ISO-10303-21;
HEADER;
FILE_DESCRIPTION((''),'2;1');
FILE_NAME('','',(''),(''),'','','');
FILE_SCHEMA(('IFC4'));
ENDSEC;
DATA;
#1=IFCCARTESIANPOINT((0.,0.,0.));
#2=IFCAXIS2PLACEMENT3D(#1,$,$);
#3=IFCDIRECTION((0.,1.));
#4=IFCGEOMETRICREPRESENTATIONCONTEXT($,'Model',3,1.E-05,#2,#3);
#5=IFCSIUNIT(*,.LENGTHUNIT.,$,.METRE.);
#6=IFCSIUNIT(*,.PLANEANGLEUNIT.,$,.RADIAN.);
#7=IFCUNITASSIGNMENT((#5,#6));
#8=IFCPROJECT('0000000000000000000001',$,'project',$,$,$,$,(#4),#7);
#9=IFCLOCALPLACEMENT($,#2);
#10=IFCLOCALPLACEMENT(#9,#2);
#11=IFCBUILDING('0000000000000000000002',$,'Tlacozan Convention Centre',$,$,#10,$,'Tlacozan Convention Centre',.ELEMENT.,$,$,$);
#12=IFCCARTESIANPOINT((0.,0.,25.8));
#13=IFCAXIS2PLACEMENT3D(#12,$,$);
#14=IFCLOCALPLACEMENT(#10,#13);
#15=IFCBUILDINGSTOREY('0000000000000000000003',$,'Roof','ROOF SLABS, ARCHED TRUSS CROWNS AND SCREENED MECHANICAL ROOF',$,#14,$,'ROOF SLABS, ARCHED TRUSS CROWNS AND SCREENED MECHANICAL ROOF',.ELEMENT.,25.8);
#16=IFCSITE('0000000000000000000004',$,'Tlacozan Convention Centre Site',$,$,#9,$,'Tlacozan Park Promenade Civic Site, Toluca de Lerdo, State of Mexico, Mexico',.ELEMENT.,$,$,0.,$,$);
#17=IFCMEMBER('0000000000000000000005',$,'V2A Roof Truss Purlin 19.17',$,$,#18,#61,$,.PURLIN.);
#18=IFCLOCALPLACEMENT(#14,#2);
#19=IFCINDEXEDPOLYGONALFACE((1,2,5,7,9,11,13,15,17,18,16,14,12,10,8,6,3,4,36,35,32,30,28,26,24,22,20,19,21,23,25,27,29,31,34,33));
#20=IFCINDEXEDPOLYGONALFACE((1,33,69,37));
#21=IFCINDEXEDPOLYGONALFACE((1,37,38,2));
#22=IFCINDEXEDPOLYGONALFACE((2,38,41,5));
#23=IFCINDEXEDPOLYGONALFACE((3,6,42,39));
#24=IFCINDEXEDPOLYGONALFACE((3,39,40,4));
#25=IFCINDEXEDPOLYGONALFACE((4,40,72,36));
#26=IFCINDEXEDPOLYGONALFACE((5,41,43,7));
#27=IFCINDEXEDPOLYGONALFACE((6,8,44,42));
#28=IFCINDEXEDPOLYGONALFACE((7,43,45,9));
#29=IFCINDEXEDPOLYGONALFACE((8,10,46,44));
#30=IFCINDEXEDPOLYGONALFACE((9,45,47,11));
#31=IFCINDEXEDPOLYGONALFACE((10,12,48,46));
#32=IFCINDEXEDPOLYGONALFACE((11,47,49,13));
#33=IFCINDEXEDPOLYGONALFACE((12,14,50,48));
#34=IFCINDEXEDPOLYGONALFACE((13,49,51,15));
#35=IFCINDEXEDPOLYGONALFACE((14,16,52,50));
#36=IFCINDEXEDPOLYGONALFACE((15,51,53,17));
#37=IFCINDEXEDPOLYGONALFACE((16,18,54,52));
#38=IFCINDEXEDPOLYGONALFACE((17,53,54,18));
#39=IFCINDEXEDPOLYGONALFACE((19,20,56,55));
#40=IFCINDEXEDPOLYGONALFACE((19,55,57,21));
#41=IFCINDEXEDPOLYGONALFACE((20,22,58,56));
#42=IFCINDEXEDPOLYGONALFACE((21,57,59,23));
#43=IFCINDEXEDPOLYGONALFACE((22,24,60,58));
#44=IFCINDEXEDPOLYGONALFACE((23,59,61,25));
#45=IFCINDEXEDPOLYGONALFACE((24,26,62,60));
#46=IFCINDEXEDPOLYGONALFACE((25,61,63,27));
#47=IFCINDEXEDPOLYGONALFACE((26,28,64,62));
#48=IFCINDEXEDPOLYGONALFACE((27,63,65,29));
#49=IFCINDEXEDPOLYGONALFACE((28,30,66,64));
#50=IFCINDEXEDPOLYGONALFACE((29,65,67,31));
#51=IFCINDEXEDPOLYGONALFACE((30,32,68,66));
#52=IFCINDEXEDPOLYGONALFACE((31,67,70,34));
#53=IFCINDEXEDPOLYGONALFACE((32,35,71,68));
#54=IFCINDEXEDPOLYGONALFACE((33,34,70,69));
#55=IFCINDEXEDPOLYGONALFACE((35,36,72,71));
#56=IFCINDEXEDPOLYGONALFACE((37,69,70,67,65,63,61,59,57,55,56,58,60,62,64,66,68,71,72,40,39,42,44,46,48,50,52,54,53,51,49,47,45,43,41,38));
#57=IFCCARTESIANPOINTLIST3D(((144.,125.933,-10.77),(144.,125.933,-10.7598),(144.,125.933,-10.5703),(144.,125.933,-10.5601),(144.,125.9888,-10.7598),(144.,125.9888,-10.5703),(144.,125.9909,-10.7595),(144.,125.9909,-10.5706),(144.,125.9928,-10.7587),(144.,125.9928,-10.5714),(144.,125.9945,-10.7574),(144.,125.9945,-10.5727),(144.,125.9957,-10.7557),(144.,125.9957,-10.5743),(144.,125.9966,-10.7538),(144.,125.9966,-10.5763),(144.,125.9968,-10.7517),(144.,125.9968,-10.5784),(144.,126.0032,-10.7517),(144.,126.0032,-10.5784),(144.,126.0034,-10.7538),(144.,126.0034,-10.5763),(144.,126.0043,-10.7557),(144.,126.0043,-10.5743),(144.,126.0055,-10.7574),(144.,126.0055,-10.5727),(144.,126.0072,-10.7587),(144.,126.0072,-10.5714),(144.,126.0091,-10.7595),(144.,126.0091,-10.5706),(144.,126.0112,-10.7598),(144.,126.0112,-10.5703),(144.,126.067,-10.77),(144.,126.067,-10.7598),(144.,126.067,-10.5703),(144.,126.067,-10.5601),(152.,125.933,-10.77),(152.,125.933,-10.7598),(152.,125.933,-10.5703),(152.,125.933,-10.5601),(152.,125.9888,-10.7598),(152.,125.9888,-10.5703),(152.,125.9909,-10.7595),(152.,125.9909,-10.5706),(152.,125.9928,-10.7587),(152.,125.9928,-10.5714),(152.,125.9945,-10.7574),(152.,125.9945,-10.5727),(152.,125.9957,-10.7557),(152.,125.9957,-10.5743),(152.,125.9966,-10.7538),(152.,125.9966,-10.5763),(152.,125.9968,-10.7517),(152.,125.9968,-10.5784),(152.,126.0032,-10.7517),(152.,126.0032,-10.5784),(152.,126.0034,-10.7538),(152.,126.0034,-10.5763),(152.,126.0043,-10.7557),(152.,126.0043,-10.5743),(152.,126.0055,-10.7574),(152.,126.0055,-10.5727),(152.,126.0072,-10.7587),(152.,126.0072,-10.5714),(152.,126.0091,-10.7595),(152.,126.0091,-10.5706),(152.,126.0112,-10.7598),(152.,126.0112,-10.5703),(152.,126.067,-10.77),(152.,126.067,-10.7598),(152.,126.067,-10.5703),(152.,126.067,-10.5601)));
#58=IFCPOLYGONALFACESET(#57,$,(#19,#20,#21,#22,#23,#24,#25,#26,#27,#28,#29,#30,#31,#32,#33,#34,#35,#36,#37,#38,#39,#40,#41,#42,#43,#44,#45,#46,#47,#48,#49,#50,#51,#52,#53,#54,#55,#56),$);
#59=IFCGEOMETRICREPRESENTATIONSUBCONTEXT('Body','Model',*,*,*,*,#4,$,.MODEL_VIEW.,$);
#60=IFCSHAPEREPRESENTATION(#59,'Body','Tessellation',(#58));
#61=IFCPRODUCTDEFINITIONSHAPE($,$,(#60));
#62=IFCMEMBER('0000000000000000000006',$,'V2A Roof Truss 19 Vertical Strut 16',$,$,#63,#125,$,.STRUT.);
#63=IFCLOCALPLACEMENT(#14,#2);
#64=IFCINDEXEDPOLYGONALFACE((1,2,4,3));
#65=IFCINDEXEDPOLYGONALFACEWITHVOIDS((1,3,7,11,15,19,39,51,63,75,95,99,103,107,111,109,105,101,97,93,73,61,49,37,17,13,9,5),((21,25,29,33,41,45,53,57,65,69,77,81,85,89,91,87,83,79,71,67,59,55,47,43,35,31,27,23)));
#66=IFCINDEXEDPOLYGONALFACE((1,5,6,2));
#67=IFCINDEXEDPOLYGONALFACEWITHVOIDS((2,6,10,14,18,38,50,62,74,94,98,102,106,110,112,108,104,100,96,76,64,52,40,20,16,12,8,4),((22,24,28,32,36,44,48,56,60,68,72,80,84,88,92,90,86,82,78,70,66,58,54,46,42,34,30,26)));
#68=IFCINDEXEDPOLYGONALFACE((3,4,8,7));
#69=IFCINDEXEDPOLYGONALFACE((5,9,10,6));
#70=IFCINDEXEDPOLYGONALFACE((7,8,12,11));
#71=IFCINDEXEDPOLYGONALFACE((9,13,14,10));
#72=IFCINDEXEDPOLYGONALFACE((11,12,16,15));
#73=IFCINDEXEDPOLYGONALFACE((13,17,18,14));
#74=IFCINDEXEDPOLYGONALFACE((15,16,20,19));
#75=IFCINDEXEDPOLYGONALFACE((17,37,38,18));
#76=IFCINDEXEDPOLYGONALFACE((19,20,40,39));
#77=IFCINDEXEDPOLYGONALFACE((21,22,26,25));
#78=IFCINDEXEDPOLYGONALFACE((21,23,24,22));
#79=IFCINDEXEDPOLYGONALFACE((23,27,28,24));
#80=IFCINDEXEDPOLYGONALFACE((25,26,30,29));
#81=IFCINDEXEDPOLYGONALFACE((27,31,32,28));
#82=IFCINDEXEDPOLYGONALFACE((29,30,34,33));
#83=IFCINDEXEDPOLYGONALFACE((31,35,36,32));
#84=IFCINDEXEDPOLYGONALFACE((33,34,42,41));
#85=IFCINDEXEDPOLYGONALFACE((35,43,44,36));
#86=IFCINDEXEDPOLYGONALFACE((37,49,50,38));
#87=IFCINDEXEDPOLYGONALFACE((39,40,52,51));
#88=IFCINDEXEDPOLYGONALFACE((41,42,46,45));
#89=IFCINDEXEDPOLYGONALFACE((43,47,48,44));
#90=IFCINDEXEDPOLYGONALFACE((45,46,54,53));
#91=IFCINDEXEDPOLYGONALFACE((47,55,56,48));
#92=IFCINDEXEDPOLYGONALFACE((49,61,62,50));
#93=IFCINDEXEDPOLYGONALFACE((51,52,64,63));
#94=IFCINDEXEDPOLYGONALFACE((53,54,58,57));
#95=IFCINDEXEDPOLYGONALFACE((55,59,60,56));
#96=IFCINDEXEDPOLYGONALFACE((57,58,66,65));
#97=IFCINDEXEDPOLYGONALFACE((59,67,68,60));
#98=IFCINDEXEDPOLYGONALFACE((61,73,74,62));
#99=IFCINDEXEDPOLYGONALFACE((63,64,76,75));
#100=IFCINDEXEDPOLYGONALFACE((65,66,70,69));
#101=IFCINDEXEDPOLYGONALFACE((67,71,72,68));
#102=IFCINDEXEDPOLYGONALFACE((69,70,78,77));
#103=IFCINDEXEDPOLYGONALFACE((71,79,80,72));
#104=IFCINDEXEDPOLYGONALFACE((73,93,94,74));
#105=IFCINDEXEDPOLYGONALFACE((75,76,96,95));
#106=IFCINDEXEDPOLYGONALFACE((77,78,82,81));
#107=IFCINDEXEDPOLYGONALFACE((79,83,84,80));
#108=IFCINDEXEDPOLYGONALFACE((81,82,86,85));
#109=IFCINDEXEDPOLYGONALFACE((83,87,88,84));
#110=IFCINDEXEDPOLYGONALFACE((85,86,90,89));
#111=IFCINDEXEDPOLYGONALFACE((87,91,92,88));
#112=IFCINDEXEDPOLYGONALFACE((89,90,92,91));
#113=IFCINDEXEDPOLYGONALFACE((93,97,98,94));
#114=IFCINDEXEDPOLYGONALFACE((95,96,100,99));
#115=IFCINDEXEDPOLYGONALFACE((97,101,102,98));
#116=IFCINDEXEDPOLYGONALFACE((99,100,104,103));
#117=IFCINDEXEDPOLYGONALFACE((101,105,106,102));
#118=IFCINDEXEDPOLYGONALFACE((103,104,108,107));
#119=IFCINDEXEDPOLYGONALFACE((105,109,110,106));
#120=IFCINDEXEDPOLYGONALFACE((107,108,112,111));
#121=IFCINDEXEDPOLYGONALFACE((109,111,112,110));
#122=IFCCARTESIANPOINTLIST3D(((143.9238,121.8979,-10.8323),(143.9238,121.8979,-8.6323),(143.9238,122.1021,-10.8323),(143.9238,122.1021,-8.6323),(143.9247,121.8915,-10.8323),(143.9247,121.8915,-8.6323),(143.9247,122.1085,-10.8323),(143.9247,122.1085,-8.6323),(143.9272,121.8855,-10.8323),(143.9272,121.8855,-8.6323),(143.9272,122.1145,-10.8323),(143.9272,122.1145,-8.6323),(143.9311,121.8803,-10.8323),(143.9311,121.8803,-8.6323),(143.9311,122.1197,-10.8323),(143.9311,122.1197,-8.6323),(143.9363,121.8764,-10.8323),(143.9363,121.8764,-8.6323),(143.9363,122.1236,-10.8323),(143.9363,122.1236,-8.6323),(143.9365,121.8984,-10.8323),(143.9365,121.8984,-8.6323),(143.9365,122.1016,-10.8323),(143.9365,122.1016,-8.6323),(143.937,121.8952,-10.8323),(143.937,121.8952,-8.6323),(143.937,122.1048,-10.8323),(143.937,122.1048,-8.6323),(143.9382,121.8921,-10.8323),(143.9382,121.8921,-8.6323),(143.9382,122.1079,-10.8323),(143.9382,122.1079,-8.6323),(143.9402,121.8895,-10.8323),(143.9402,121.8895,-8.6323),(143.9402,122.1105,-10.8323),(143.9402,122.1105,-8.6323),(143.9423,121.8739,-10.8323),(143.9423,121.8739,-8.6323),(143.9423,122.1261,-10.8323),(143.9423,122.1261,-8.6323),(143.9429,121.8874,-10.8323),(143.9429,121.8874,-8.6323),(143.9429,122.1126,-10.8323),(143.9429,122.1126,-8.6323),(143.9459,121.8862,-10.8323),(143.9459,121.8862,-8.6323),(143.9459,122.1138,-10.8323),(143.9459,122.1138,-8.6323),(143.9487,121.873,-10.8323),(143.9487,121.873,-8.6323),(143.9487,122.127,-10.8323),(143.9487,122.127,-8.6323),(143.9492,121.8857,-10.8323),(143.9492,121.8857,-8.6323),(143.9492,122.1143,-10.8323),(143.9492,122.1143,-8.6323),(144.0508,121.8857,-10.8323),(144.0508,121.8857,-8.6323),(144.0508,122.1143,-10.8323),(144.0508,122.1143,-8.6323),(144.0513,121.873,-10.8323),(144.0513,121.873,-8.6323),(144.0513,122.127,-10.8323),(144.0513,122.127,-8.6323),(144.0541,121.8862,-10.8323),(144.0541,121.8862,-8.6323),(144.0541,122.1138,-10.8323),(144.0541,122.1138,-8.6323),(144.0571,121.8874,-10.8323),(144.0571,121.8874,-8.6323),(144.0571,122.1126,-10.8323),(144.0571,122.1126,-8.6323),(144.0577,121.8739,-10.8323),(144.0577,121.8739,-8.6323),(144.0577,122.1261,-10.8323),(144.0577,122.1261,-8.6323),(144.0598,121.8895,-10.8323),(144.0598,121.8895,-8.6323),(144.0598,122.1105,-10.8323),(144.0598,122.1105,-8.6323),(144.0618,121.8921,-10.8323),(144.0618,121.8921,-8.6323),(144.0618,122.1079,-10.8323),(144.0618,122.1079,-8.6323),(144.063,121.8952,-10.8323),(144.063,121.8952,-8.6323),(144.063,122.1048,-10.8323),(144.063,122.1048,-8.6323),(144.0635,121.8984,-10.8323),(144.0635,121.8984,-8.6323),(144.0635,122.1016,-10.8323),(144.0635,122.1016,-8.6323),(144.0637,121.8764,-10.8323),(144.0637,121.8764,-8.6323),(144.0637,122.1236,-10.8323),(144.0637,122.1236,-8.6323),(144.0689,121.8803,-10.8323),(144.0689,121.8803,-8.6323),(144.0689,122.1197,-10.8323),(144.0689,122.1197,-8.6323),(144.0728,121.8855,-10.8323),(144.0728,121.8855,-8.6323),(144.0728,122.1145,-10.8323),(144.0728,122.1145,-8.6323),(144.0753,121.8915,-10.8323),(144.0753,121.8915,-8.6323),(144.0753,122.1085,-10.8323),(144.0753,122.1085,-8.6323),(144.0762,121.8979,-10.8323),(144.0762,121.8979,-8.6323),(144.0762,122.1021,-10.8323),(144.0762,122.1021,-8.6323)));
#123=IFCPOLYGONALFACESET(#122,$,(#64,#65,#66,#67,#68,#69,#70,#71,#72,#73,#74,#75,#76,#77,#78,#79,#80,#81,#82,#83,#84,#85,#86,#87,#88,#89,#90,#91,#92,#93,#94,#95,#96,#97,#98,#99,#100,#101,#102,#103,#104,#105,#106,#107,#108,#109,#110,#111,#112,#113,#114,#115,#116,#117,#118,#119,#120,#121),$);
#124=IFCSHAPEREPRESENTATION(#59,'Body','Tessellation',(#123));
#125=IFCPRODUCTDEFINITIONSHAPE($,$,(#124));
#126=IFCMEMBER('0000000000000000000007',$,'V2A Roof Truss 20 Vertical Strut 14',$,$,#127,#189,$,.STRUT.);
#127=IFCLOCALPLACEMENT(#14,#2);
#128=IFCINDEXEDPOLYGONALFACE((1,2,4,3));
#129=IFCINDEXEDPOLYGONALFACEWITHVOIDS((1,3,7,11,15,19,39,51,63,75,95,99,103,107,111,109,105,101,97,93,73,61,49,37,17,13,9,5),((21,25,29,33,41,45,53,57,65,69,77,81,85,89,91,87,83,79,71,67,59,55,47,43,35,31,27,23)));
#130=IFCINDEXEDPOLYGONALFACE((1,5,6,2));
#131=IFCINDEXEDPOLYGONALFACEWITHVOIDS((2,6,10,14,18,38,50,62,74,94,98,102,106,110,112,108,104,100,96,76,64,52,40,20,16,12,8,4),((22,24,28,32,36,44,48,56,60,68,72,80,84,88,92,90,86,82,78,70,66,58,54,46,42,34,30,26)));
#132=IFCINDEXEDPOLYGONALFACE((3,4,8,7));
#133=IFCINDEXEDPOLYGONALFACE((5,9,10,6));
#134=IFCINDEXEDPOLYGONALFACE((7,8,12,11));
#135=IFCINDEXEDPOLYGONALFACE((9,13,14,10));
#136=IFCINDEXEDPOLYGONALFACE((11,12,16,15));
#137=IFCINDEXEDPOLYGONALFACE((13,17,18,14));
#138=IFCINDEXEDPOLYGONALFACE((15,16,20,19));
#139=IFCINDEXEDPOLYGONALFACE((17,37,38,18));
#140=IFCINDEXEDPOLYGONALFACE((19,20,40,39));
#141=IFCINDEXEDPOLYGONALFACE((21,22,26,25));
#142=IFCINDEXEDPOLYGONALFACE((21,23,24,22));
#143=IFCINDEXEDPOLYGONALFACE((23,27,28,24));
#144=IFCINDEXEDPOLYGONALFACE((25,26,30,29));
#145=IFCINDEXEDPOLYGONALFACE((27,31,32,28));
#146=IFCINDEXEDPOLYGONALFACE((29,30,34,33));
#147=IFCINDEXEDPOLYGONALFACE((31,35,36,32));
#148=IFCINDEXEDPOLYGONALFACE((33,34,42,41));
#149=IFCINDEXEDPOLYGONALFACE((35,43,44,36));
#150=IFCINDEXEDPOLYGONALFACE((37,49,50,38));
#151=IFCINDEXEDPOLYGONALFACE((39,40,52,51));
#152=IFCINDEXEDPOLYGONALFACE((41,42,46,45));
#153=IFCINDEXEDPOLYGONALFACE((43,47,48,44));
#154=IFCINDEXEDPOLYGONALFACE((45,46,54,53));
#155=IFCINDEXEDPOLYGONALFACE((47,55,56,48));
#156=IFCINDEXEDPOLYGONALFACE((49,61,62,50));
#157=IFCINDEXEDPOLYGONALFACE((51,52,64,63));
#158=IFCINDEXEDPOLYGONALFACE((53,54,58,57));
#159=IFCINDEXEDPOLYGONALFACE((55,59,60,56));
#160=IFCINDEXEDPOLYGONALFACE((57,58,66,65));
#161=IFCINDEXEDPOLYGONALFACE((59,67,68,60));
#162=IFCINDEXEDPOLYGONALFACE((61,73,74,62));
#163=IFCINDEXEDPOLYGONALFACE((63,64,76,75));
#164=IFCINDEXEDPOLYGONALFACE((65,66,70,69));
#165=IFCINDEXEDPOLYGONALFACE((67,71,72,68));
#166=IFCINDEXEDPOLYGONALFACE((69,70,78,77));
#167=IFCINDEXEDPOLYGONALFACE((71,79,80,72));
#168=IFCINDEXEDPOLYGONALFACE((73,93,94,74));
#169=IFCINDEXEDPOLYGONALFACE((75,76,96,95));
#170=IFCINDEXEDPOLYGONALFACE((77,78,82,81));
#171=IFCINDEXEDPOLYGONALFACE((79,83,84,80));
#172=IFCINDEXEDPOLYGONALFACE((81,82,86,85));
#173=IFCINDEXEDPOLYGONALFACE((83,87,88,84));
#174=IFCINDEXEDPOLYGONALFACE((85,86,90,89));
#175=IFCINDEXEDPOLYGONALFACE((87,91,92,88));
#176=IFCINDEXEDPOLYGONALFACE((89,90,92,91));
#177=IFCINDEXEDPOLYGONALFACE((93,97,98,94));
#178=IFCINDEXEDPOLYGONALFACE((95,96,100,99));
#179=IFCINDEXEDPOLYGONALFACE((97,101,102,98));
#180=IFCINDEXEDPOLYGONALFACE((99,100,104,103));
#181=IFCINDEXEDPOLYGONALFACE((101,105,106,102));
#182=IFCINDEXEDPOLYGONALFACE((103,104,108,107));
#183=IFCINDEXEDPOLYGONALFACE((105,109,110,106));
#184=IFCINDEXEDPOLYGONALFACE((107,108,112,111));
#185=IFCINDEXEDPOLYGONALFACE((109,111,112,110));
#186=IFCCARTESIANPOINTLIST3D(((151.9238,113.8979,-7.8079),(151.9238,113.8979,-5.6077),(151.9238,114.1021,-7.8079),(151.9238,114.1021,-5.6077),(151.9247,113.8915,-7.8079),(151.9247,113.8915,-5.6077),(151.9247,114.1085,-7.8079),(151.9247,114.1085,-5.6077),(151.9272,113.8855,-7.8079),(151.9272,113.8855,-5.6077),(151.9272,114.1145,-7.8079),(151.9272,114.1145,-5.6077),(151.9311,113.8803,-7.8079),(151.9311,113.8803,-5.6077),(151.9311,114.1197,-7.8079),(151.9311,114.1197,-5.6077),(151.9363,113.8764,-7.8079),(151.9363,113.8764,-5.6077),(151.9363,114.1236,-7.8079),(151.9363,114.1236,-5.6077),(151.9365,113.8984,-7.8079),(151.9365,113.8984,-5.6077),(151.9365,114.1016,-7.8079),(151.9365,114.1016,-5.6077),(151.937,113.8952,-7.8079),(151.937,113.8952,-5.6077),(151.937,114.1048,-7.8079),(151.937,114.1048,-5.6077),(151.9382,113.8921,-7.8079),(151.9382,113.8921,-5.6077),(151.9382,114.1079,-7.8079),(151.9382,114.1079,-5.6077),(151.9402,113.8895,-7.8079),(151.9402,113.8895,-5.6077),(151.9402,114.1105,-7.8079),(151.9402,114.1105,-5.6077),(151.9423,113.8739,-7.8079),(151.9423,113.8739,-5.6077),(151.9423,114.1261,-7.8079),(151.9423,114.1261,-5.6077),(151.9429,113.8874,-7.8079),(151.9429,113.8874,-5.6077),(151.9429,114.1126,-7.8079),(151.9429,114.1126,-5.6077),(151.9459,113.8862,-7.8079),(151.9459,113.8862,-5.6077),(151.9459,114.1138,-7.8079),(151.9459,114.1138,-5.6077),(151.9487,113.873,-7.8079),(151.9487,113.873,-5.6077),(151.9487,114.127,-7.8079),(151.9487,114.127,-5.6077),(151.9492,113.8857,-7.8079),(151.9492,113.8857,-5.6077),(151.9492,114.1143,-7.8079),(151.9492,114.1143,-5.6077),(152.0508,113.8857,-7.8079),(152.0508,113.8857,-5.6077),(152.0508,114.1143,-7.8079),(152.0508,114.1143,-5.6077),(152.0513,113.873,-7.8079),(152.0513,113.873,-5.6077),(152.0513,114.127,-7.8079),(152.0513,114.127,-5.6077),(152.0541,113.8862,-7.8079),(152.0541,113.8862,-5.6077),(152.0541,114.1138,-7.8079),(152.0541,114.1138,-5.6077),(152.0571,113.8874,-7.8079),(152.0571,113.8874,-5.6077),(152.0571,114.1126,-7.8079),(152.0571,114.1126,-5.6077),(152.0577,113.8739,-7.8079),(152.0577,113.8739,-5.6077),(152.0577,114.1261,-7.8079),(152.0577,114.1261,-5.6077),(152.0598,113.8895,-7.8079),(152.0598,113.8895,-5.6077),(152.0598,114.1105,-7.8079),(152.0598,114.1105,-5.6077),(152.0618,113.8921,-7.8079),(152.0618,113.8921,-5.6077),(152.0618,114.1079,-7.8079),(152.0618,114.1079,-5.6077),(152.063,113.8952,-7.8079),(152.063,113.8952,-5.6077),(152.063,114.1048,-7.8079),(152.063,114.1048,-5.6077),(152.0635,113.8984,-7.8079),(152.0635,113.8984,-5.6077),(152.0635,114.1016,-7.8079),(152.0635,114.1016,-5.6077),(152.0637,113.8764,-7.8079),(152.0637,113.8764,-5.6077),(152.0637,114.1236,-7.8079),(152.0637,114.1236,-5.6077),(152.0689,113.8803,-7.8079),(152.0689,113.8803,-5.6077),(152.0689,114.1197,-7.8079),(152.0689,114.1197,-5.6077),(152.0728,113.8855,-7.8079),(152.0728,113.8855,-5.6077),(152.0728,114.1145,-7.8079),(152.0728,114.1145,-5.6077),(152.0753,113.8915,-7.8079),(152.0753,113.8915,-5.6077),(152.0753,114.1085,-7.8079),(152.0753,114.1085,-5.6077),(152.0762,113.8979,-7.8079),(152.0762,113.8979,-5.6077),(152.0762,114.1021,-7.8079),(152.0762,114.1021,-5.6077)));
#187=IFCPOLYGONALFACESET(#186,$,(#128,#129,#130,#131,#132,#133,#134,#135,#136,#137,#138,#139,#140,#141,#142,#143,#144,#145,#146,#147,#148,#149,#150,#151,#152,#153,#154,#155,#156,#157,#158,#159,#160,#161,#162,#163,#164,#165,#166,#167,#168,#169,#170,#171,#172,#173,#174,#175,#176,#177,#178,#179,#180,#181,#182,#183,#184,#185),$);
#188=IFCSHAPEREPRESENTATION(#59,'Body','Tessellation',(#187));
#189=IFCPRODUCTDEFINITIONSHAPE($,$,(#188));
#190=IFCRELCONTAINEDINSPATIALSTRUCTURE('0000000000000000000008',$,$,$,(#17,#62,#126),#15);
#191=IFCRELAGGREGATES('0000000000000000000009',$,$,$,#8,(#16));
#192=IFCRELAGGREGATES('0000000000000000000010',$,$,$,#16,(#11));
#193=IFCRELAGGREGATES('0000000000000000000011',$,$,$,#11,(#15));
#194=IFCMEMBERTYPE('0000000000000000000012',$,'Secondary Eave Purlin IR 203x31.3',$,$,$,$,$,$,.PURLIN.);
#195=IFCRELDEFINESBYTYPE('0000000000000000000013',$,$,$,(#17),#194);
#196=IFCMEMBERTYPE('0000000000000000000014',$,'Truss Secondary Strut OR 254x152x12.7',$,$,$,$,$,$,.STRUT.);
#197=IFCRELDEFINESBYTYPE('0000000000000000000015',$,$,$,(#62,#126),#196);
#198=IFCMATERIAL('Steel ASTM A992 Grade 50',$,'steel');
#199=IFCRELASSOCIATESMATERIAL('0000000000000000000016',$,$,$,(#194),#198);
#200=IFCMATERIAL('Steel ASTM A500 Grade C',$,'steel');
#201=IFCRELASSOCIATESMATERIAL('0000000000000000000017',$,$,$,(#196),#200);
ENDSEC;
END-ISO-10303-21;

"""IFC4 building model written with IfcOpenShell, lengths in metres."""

from ifc_helpers import new_model, si_unit, direction, frame, origin, origin_2d, place, context, subcontext, project, spatial, hollow_rectangle, i_section, extrude, material, material_profile, profile_set, type_object, element, save


model = new_model("IFC4")

# Units and contexts
model_context = context("Model", 3, precision=1e-05, world=origin(), true_north=direction((0.0, 1.0)))
body_context = subcontext(model_context, "Body", "Model", "MODEL_VIEW")
ifc_project = project(units=[si_unit("LENGTHUNIT", "METRE"), si_unit("PLANEANGLEUNIT", "RADIAN")], contexts=[model_context])

# Site, building, storey
site_placement = place(None, origin())
site = spatial("IfcSite", under=ifc_project, at=site_placement, Name="Tlacozan Convention Centre Site", LongName="Tlacozan Park Promenade Civic Site, Toluca de Lerdo, State of Mexico, Mexico", CompositionType="ELEMENT", RefElevation=0.0)
building_placement = place(site_placement, origin())
building = spatial("IfcBuilding", under=site, at=building_placement, Name="Tlacozan Convention Centre", LongName="Tlacozan Convention Centre", CompositionType="ELEMENT")
storey_placement = place(building_placement, frame((0.0, 0.0, 25.8)))
storey = spatial("IfcBuildingStorey", under=building, at=storey_placement, Name="Roof", Description="ROOF SLABS, ARCHED TRUSS CROWNS AND SCREENED MECHANICAL ROOF", LongName="ROOF SLABS, ARCHED TRUSS CROWNS AND SCREENED MECHANICAL ROOF", CompositionType="ELEMENT", Elevation=25.8)

# Members
ifc_material_1 = material(Name="Steel ASTM A500 Grade C", Category="steel")
ifc_material_2 = material(Name="Steel ASTM A992 Grade 50", Category="steel")
ifc_material_profile_1 = material_profile(ifc_material_2, i_section(OverallWidth=0.134, OverallDepth=0.21, WebThickness=0.0063, FlangeThickness=0.0103, FilletRadius=0.0081, at=origin_2d()), Name="IR 203x31.3")
ifc_profile_set_1 = profile_set([ifc_material_profile_1], Name="Steel ASTM A992 Grade 50")
member_type_1 = type_object("IfcMemberType", Name="Secondary Eave Purlin IR 203x31.3", PredefinedType="PURLIN", material=ifc_profile_set_1)
member_1_placement = place(storey_placement, frame((144.0, 126.0, -10.665), z_axis=(1.0, 0.0, 0.0), x_axis=(0.0, 1.0, 0.0)))
element("IfcMember", 1, at=member_1_placement, inside=storey, type_object=member_type_1, Name="V2A Roof Truss Purlin 19.17", PredefinedType="PURLIN", context=body_context, shape_type="SweptSolid", body=[
    extrude(i_section(OverallWidth=0.134, OverallDepth=0.21, WebThickness=0.0063, FlangeThickness=0.0103, FilletRadius=0.0081, at=origin_2d()), origin(), (0.0, 0.0, 1.0), 8.0),
])
ifc_material_profile_2 = material_profile(ifc_material_1, hollow_rectangle(XDim=0.1523, YDim=0.2539, WallThickness=0.0127, InnerFilletRadius=0.0127, OuterFilletRadius=0.0249, at=origin_2d()), Name="OR 254x152x12.7")
ifc_profile_set_2 = profile_set([ifc_material_profile_2], Name="Steel ASTM A500 Grade C")
member_type_2 = type_object("IfcMemberType", Name="Truss Secondary Strut OR 254x152x12.7", PredefinedType="STRUT", material=ifc_profile_set_2)
member_2_placement = place(storey_placement, frame((144.0, 122.0, -10.8323), z_axis=(0.0, 0.0, 1.0), x_axis=(1.0, 0.0, 0.0)))
element("IfcMember", 2, at=member_2_placement, inside=storey, type_object=member_type_2, Name="V2A Roof Truss 19 Vertical Strut 16", PredefinedType="STRUT", context=body_context, shape_type="SweptSolid", body=[
    extrude(hollow_rectangle(XDim=0.1523, YDim=0.2539, WallThickness=0.0127, InnerFilletRadius=0.0127, OuterFilletRadius=0.0249, at=origin_2d()), origin(), (0.0, 0.0, 1.0), 2.2),
])
member_3_placement = place(storey_placement, frame((152.0, 114.0, -7.8079), z_axis=(0.0, 0.0, 1.0), x_axis=(1.0, 0.0, 0.0)))
element("IfcMember", 3, at=member_3_placement, inside=storey, type_object=member_type_2, Name="V2A Roof Truss 20 Vertical Strut 14", PredefinedType="STRUT", context=body_context, shape_type="SweptSolid", body=[
    extrude(hollow_rectangle(XDim=0.1523, YDim=0.2539, WallThickness=0.0127, InnerFilletRadius=0.0127, OuterFilletRadius=0.0249, at=origin_2d()), origin(), (0.0, 0.0, 1.0), 2.2002),
])

save(model, "model.ifc")
